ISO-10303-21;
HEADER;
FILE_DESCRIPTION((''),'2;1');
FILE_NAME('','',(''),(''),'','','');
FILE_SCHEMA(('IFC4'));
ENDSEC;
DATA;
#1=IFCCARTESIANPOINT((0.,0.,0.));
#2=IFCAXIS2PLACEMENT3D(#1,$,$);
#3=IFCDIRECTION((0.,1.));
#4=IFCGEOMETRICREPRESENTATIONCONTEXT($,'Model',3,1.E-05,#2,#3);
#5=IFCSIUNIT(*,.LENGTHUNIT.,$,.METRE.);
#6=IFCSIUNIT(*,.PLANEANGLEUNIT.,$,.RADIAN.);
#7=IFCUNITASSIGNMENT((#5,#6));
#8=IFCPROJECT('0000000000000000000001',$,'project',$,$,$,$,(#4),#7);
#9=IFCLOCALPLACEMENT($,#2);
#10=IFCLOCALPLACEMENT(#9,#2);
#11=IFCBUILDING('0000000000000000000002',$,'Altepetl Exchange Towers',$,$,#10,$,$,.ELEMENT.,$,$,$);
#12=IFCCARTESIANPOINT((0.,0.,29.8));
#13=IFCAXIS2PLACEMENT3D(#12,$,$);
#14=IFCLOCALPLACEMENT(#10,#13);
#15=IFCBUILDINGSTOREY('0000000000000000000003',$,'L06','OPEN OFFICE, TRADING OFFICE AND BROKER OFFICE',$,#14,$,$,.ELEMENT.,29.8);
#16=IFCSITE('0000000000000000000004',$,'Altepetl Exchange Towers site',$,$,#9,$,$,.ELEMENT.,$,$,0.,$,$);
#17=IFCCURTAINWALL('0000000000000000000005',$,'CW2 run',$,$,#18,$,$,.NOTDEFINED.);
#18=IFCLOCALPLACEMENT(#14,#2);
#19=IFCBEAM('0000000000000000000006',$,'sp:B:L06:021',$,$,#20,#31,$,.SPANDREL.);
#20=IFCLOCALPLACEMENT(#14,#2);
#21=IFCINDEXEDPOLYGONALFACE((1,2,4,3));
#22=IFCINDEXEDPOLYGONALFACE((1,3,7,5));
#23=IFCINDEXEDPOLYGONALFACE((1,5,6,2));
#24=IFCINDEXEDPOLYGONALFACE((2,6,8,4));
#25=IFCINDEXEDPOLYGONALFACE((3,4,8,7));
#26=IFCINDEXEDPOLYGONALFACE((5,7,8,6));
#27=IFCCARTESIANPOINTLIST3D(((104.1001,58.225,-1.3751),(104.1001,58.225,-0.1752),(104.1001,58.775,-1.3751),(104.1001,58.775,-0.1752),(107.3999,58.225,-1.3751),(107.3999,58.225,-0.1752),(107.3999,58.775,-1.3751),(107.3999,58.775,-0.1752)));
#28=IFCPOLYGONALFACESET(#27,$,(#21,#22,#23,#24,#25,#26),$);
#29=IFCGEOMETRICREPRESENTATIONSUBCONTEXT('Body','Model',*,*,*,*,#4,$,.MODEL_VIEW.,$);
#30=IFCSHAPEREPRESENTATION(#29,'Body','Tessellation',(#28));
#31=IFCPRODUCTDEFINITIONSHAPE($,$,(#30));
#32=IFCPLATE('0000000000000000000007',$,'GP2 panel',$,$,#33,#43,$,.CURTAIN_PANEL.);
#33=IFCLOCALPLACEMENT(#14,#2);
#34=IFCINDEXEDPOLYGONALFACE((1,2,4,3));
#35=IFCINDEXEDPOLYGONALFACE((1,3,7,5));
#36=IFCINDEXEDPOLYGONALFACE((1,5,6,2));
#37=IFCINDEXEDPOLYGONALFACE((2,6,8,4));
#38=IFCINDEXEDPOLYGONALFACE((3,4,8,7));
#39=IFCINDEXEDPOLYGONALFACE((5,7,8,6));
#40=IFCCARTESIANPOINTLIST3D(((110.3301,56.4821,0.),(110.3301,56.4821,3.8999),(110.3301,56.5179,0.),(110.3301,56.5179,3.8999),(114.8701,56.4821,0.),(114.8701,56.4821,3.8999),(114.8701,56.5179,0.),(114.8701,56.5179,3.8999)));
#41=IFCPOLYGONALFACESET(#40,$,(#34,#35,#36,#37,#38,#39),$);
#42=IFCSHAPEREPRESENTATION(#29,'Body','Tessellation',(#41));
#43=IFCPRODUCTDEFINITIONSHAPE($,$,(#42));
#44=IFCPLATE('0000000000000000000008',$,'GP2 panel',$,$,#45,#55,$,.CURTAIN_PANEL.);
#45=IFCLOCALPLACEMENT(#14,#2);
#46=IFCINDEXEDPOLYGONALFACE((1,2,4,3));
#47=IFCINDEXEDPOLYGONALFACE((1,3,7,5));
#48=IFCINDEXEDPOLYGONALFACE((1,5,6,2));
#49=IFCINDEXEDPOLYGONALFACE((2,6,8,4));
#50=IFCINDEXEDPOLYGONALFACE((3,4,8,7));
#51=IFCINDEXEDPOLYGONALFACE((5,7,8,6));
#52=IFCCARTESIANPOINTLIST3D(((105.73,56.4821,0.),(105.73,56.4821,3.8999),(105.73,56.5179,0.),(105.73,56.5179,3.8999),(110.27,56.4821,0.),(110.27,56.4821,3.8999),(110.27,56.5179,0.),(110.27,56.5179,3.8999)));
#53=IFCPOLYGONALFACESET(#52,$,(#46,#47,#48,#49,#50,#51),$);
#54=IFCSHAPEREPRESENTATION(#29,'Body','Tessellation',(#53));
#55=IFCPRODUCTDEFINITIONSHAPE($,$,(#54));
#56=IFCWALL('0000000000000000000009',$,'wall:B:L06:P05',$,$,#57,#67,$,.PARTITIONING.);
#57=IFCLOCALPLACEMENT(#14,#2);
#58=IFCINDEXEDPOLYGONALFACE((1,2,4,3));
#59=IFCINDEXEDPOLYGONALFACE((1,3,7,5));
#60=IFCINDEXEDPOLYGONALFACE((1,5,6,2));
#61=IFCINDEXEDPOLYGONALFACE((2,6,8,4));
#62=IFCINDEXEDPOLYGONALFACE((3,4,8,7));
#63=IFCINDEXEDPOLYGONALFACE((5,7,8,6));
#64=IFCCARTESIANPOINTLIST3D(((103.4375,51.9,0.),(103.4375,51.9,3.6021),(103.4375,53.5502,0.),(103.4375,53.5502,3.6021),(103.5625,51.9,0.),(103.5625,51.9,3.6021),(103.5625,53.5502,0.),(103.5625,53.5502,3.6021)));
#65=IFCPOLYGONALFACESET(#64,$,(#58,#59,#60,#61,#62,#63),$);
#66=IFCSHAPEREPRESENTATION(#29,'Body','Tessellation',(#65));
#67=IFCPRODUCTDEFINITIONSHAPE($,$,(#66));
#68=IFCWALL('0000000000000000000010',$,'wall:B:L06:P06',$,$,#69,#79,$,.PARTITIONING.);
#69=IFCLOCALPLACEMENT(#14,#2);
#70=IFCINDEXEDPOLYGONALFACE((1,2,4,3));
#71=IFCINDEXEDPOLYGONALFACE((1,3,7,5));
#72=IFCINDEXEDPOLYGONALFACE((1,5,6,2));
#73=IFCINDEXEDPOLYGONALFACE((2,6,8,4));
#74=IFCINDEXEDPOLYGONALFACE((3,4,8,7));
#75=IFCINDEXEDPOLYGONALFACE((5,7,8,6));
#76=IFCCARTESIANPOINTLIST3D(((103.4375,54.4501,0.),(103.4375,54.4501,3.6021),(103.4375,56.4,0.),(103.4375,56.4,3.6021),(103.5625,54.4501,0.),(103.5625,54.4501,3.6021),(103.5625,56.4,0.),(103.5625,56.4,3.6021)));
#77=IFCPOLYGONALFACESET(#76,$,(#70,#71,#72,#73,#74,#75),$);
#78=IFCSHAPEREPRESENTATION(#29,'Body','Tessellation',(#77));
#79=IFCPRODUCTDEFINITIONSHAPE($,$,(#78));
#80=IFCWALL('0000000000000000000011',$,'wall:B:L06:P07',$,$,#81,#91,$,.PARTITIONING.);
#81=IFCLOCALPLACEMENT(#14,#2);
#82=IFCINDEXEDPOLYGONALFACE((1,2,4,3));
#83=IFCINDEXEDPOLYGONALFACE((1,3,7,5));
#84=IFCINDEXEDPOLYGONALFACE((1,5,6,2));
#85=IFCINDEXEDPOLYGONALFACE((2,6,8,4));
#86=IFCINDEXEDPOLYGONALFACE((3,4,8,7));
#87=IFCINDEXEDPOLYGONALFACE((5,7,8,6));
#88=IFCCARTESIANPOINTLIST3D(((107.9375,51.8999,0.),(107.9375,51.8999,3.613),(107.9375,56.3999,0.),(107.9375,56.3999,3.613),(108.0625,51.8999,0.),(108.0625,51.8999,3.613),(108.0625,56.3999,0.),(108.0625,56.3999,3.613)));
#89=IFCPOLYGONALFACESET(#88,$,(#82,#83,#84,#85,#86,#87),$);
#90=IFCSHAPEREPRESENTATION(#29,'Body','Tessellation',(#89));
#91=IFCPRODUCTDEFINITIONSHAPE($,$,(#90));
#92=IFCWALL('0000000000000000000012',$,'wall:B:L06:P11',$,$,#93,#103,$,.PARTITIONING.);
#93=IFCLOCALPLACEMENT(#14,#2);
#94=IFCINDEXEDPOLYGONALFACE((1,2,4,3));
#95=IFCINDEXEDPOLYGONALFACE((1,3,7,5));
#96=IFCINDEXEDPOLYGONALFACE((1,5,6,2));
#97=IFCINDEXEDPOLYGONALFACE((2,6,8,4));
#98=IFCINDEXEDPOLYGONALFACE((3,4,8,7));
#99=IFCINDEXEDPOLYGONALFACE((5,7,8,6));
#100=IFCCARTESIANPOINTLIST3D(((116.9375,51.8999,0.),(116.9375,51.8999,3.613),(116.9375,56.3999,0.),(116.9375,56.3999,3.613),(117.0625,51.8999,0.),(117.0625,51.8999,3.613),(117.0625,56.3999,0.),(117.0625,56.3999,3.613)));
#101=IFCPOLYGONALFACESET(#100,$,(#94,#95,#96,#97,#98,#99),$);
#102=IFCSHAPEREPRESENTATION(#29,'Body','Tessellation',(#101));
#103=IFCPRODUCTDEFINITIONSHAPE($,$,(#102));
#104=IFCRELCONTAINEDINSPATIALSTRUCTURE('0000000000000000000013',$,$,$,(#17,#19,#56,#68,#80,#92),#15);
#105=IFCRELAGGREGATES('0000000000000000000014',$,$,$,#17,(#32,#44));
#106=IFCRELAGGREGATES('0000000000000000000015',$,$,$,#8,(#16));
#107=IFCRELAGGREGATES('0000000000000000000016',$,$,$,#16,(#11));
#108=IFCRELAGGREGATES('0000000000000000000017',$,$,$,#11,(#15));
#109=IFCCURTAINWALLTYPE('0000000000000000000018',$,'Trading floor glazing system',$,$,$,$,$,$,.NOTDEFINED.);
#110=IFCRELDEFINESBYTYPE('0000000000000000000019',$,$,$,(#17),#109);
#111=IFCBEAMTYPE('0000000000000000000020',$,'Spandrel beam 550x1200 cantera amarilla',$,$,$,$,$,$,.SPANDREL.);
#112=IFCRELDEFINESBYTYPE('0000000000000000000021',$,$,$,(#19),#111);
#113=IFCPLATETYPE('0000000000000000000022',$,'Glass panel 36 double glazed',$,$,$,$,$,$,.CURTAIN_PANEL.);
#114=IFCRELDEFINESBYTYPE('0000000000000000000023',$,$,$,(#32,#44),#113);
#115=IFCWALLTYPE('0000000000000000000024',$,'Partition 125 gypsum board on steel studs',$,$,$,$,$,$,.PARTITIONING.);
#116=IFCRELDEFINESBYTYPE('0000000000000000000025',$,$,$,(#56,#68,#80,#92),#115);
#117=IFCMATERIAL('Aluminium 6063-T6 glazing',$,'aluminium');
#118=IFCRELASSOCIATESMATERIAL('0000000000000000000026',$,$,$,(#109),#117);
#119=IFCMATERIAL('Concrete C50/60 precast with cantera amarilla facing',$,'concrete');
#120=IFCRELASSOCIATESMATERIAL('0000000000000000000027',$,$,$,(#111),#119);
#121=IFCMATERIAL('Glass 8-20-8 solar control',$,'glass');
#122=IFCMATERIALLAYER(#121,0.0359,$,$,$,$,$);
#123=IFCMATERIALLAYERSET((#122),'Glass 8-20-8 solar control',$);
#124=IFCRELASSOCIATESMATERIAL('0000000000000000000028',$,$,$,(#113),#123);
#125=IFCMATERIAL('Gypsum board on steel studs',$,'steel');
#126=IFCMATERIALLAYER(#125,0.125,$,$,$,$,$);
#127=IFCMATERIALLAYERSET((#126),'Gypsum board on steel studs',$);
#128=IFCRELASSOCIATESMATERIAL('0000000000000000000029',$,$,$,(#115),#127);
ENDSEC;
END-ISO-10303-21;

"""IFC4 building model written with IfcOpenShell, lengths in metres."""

from ifc_helpers import new_model, si_unit, direction, frame, frame_2d, origin, origin_2d, place, context, subcontext, project, spatial, rectangle, extrude, material, layer, layer_set, material_profile, profile_set, type_object, element, aggregate, save


model = new_model("IFC4")

# Units and contexts
model_context = context("Model", 3, precision=1e-05, world=origin(), true_north=direction((0.0, 1.0)))
body_context = subcontext(model_context, "Body", "Model", "MODEL_VIEW")
ifc_project = project(units=[si_unit("LENGTHUNIT", "METRE"), si_unit("PLANEANGLEUNIT", "RADIAN")], contexts=[model_context])

# Site, building, storey
site_placement = place(None, origin())
site = spatial("IfcSite", under=ifc_project, at=site_placement, Name="Altepetl Exchange Towers site", CompositionType="ELEMENT", RefElevation=0.0)
building_placement = place(site_placement, origin())
building = spatial("IfcBuilding", under=site, at=building_placement, Name="Altepetl Exchange Towers", CompositionType="ELEMENT")
storey_placement = place(building_placement, frame((0.0, 0.0, 29.8)))
storey = spatial("IfcBuildingStorey", under=building, at=storey_placement, Name="L06", Description="OPEN OFFICE, TRADING OFFICE AND BROKER OFFICE", CompositionType="ELEMENT", Elevation=29.8)

# Curtain wall
ifc_material_1 = material(Name="Aluminium 6063-T6 glazing", Category="aluminium")
curtain_wall_type = type_object("IfcCurtainWallType", Name="Trading floor glazing system", PredefinedType="NOTDEFINED", material=ifc_material_1)
curtain_wall_placement = place(storey_placement, origin())
curtain_wall = element("IfcCurtainWall", 1, at=curtain_wall_placement, inside=storey, type_object=curtain_wall_type, Name="CW2 run", PredefinedType="NOTDEFINED")

# Beam
ifc_material_2 = material(Name="Concrete C50/60 precast with cantera amarilla facing", Category="concrete")
ifc_material_profile_1 = material_profile(ifc_material_2, rectangle(XDim=0.55, YDim=1.2, at=origin_2d()), Name="550 x 1200")
ifc_profile_set_1 = profile_set([ifc_material_profile_1], Name="Concrete C50/60 precast with cantera amarilla facing")
beam_type_1 = type_object("IfcBeamType", Name="Spandrel beam 550x1200 cantera amarilla", PredefinedType="SPANDREL", material=ifc_profile_set_1)
for number, where, z_axis, x_axis, name in (
    (2, (107.3999, 58.5, -0.7751), (-1.0, 0.0, 0.0), (0.0, -1.0, 0.0), "sp:B:L06:021"),
):
    element("IfcBeam", number, at=place(storey_placement, frame(where, z_axis=z_axis, x_axis=x_axis)), inside=storey, type_object=beam_type_1, Name=name, PredefinedType="SPANDREL", context=body_context, shape_type="SweptSolid", body=[
        extrude(rectangle(XDim=0.55, YDim=1.2, at=origin_2d()), origin(), (0.0, 0.0, 1.0), 3.2998),
    ])

# Plates
ifc_material_3 = material(Name="Glass 8-20-8 solar control", Category="glass")
ifc_layer_1 = layer(ifc_material_3, 0.0359)
ifc_layer_set_1 = layer_set([ifc_layer_1], Name="Glass 8-20-8 solar control")
plate_type = type_object("IfcPlateType", Name="Glass panel 36 double glazed", PredefinedType="CURTAIN_PANEL", material=ifc_layer_set_1)
plate_1_placement = place(storey_placement, frame((112.6001, 56.5, 0.0), z_axis=(0.0, 0.0, 1.0), x_axis=(-1.0, 0.0, 0.0)))
plate_1 = element("IfcPlate", 3, at=plate_1_placement, type_object=plate_type, Name="GP2 panel", PredefinedType="CURTAIN_PANEL", context=body_context, shape_type="SweptSolid", body=[
    extrude(rectangle(XDim=4.54, YDim=0.0359, at=origin_2d()), origin(), (0.0, 0.0, 1.0), 3.8999),
])
plate_2_placement = place(storey_placement, frame((108.0, 56.5, 0.0), z_axis=(0.0, 0.0, 1.0), x_axis=(-1.0, 0.0, 0.0)))
plate_2 = element("IfcPlate", 4, at=plate_2_placement, type_object=plate_type, Name="GP2 panel", PredefinedType="CURTAIN_PANEL", context=body_context, shape_type="SweptSolid", body=[
    extrude(rectangle(XDim=4.54, YDim=0.0359, at=origin_2d()), origin(), (0.0, 0.0, 1.0), 3.8999),
])
aggregate(curtain_wall, [plate_1, plate_2])

# Walls
ifc_material_4 = material(Name="Gypsum board on steel studs", Category="steel")
ifc_layer_2 = layer(ifc_material_4, 0.125)
ifc_layer_set_2 = layer_set([ifc_layer_2], Name="Gypsum board on steel studs")
wall_type = type_object("IfcWallType", Name="Partition 125 gypsum board on steel studs", PredefinedType="PARTITIONING", material=ifc_layer_set_2)
wall_1_placement = place(storey_placement, frame((103.5, 51.8999, 0.0), z_axis=(0.0, 0.0, 1.0), x_axis=(0.0, 1.0, 0.0)))
element("IfcWall", 5, at=wall_1_placement, inside=storey, type_object=wall_type, Name="wall:B:L06:P05", PredefinedType="PARTITIONING", context=body_context, shape_type="SweptSolid", body=[
    extrude(rectangle(XDim=1.6501, YDim=0.125, at=frame_2d((0.8252, 0.0))), origin(), (0.0, 0.0, 1.0), 3.6021),
])
wall_2_placement = place(storey_placement, frame((103.5, 54.45, 0.0), z_axis=(0.0, 0.0, 1.0), x_axis=(0.0, 1.0, 0.0)))
element("IfcWall", 6, at=wall_2_placement, inside=storey, type_object=wall_type, Name="wall:B:L06:P06", PredefinedType="PARTITIONING", context=body_context, shape_type="SweptSolid", body=[
    extrude(rectangle(XDim=1.95, YDim=0.125, at=frame_2d((0.9751, 0.0))), origin(), (0.0, 0.0, 1.0), 3.6021),
])
for number, where, z_axis, x_axis, name in (
    (7, (108.0, 51.8999, 0.0), (0.0, 0.0, 1.0), (0.0, 1.0, 0.0), "wall:B:L06:P07"),
    (8, (117.0, 51.8999, 0.0), (0.0, 0.0, 1.0), (0.0, 1.0, 0.0), "wall:B:L06:P11"),
):
    element("IfcWall", number, at=place(storey_placement, frame(where, z_axis=z_axis, x_axis=x_axis)), inside=storey, type_object=wall_type, Name=name, PredefinedType="PARTITIONING", context=body_context, shape_type="SweptSolid", body=[
        extrude(rectangle(XDim=4.5, YDim=0.125, at=frame_2d((2.25, 0.0))), origin(), (0.0, 0.0, 1.0), 3.613),
    ])

save(model, "model.ifc")
